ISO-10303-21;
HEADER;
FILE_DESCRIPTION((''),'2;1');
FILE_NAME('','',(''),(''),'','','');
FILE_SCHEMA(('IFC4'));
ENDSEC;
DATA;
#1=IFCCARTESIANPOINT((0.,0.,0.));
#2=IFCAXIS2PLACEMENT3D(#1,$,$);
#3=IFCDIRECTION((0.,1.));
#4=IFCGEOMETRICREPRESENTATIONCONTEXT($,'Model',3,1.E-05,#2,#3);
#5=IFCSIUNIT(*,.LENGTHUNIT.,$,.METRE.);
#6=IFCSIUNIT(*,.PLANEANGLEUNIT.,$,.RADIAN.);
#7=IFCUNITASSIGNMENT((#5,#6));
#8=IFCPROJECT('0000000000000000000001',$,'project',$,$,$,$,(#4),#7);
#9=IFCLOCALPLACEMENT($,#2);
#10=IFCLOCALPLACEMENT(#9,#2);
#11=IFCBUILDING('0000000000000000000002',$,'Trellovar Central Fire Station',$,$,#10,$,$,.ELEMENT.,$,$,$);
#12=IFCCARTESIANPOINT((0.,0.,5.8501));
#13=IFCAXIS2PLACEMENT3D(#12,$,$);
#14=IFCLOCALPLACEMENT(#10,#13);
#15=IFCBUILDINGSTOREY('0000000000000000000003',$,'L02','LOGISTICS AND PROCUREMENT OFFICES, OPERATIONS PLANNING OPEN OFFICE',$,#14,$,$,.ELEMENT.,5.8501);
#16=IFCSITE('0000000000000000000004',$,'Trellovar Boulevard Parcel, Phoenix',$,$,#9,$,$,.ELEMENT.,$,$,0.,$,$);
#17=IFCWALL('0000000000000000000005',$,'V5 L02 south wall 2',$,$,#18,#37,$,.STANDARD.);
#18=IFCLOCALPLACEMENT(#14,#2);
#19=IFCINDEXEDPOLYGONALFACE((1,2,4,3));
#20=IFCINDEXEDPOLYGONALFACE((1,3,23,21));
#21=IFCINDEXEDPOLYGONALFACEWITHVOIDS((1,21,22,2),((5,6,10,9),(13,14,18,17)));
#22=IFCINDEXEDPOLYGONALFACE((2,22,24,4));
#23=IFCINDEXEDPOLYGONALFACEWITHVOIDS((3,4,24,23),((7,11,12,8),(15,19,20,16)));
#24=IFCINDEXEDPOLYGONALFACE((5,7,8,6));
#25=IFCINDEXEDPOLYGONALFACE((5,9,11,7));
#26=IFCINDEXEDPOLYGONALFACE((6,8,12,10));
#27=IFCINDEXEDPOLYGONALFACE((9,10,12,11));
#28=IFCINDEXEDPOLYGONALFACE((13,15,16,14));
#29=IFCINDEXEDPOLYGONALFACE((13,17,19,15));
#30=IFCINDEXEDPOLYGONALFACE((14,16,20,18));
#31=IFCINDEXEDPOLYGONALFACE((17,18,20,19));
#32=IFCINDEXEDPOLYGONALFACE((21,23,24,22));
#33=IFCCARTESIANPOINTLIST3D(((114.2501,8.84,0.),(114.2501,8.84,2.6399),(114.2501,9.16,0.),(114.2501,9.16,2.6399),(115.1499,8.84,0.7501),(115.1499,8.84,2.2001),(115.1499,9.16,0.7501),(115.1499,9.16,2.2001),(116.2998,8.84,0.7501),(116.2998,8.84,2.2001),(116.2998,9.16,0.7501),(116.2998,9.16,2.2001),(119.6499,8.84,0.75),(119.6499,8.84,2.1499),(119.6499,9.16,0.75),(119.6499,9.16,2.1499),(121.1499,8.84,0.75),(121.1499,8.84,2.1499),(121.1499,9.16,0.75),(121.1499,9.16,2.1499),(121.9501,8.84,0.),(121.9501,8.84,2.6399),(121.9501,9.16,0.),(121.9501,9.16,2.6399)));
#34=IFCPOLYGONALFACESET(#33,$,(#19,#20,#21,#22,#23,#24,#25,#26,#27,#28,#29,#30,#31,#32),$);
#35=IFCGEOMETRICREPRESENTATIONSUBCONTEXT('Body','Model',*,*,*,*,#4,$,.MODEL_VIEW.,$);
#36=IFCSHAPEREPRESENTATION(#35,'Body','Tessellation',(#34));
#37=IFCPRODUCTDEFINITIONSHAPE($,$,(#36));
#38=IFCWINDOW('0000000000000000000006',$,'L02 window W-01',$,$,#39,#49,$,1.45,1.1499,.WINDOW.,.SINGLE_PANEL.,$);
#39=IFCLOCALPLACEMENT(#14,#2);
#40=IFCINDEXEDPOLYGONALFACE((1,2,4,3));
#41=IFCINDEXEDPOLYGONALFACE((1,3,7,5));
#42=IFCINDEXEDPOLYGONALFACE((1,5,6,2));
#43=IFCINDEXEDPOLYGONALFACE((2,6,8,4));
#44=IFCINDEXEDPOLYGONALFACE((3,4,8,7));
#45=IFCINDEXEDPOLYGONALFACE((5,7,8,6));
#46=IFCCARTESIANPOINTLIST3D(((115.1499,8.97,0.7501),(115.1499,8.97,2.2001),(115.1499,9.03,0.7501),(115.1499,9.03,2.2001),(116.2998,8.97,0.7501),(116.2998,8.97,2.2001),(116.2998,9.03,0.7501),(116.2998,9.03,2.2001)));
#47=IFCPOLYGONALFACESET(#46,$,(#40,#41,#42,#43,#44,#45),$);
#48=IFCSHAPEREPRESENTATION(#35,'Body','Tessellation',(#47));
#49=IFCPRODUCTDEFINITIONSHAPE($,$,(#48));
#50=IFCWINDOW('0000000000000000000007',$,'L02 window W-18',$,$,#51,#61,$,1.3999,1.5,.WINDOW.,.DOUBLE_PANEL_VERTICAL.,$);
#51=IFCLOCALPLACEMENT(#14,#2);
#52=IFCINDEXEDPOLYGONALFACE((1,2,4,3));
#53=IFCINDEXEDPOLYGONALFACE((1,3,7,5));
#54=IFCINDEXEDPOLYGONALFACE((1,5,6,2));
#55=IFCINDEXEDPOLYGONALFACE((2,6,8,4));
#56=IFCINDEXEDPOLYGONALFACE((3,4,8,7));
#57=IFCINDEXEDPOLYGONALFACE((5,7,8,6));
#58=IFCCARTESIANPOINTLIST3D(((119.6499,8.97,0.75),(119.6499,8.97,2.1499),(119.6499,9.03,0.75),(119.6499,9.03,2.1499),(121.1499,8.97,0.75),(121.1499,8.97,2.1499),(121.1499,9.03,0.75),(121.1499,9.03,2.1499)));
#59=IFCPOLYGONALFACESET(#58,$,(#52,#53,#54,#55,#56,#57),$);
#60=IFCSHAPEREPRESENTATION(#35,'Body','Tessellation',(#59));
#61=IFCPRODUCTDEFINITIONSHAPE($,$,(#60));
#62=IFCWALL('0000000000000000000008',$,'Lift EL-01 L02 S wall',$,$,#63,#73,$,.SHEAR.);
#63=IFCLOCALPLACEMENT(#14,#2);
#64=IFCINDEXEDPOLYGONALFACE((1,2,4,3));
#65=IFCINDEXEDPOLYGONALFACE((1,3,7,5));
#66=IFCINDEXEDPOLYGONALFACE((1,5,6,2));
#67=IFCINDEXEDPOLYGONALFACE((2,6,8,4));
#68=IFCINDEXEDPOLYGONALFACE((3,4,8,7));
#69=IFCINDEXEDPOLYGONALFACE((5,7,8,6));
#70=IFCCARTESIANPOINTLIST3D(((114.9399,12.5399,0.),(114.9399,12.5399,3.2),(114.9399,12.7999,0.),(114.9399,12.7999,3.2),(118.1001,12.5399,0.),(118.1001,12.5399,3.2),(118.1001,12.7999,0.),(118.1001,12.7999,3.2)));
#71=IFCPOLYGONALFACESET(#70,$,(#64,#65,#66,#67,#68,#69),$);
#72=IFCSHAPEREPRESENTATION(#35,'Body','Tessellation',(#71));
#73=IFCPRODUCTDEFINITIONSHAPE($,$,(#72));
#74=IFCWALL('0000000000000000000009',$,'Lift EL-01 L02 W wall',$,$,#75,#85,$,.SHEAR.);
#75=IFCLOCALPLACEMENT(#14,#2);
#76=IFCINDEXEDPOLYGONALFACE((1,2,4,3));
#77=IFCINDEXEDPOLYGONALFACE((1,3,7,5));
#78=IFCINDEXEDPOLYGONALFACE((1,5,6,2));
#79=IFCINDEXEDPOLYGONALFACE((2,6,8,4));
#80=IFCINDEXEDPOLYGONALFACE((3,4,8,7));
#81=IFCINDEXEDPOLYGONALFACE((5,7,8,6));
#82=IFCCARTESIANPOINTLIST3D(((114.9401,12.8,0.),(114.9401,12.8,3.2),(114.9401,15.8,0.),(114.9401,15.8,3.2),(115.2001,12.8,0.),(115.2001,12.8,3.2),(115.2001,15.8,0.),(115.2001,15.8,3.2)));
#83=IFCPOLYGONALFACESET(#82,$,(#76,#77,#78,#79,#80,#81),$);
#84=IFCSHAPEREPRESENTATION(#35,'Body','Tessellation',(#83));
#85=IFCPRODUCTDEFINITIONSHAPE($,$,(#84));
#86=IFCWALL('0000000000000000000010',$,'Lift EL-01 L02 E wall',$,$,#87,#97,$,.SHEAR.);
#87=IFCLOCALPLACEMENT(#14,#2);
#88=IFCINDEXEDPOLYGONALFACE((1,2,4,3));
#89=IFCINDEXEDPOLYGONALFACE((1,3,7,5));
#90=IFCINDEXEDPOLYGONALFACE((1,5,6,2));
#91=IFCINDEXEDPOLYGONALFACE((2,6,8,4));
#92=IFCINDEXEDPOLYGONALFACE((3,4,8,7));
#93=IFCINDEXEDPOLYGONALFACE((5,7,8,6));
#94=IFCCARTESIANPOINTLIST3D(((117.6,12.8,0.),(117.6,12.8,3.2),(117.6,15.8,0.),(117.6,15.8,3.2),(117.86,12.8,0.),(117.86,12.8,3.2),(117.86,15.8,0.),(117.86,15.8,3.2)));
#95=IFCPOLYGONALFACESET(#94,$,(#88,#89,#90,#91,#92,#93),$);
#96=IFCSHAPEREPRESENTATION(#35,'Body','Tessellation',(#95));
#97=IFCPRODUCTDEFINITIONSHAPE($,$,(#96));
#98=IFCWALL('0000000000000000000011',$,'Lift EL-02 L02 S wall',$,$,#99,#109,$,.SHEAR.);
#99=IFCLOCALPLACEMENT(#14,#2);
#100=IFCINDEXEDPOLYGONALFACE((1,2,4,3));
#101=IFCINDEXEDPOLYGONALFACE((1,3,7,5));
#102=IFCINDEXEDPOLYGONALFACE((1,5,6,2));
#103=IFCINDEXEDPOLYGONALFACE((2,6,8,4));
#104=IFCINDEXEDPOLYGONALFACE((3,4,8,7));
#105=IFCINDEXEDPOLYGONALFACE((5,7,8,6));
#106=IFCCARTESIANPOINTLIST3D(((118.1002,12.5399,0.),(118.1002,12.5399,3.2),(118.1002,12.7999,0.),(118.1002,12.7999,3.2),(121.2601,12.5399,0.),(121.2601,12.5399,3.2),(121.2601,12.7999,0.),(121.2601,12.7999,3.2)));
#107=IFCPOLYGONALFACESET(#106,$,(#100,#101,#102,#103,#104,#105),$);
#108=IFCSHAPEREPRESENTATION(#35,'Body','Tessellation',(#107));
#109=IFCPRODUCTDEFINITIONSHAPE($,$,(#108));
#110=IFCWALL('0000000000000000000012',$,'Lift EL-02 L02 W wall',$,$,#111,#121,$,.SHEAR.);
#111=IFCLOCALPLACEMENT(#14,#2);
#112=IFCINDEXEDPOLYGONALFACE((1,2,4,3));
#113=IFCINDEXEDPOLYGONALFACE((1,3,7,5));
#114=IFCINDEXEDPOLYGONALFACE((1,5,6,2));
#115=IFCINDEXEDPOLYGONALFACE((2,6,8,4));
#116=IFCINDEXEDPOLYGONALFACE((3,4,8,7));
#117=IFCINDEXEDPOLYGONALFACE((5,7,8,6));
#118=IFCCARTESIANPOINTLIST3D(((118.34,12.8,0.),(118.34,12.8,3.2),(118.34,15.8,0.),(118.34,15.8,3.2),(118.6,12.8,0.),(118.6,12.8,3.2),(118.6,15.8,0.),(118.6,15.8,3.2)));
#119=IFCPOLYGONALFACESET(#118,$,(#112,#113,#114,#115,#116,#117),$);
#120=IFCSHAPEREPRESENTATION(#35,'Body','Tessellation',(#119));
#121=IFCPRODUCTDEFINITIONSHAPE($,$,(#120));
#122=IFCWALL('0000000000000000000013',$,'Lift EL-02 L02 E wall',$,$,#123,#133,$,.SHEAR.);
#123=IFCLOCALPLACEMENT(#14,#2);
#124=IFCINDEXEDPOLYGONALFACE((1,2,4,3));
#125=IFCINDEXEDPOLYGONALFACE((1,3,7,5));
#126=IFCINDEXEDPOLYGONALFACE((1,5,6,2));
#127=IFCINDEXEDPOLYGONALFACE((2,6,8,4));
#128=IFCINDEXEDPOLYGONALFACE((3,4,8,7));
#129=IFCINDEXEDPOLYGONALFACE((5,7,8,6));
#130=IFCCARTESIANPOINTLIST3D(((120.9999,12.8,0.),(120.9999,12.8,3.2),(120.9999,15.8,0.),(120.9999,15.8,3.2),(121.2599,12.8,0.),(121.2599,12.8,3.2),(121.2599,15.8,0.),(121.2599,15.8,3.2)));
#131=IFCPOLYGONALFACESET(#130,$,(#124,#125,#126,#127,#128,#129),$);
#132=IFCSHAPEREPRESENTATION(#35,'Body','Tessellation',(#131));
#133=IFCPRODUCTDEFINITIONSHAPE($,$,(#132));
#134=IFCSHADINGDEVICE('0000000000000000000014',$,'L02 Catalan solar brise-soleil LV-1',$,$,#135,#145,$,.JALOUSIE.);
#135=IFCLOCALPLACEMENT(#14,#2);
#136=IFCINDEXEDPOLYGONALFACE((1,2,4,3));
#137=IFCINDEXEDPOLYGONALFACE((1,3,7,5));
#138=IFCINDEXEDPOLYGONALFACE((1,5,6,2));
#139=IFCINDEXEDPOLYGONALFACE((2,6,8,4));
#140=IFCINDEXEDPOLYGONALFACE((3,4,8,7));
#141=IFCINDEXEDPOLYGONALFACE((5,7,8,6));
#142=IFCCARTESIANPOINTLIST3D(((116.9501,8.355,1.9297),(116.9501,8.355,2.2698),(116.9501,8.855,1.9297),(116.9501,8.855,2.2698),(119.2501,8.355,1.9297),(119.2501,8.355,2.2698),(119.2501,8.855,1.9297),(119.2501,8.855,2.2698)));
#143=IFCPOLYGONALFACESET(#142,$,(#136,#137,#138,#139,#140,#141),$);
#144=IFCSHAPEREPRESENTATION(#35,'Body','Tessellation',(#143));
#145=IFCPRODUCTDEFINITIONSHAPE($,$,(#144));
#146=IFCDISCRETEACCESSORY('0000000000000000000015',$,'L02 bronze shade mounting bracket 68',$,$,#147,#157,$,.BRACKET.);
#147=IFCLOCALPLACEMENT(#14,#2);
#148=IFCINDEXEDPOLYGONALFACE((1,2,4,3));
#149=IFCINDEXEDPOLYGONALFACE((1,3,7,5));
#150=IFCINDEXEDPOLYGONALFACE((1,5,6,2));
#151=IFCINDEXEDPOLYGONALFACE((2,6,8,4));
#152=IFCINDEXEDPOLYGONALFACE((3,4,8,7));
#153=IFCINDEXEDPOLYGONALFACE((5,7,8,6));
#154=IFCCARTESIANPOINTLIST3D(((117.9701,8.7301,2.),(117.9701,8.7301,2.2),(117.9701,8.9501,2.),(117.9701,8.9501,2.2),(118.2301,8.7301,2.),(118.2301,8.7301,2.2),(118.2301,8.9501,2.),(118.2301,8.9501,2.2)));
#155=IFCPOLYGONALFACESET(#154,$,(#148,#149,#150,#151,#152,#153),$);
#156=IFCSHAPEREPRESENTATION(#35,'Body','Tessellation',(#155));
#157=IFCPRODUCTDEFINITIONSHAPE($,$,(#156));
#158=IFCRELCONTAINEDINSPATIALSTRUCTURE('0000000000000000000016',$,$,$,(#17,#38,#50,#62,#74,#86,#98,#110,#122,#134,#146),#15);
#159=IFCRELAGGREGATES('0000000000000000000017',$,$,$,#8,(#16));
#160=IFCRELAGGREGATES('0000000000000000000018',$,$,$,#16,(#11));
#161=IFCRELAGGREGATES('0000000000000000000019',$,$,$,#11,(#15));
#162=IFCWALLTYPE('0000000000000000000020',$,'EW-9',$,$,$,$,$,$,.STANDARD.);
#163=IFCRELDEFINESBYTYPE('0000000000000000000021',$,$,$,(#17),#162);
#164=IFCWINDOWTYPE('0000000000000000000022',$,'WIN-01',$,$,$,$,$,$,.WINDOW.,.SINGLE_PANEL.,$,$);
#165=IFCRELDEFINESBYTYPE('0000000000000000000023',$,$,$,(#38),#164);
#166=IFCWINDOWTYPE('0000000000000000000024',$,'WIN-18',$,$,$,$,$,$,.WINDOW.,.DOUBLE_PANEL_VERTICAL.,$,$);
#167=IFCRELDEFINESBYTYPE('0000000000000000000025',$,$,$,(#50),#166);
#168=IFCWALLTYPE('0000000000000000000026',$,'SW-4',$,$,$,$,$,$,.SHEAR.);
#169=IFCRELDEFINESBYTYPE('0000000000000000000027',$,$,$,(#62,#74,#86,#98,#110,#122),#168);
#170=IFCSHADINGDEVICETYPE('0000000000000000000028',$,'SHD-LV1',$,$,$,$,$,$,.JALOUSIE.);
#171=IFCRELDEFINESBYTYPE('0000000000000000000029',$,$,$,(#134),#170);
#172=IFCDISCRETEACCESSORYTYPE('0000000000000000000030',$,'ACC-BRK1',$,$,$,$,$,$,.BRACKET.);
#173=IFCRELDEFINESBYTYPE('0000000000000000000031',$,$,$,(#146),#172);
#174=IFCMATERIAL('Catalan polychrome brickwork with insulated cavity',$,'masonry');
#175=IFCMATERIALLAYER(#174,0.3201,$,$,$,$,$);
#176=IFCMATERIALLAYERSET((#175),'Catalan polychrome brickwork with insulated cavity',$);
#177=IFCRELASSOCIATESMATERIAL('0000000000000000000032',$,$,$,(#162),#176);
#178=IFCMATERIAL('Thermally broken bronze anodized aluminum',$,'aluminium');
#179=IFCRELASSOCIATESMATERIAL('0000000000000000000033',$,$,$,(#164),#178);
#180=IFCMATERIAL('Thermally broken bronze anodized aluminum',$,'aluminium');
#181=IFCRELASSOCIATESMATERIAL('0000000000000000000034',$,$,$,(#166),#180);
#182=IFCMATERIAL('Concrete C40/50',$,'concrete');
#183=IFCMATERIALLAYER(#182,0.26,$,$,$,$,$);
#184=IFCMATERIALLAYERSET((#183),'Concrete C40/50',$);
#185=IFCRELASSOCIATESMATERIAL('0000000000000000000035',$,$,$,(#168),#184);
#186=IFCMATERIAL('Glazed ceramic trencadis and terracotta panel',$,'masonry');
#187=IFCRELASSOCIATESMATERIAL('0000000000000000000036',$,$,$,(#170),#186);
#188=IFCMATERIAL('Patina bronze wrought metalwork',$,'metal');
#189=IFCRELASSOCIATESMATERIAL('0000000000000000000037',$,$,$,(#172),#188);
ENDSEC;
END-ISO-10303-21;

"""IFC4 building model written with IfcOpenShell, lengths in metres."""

from ifc_helpers import new_model, si_unit, direction, frame, frame_2d, origin, origin_2d, place, context, subcontext, project, spatial, rectangle, extrude, material, layer, layer_set, type_object, element, fill, save


model = new_model("IFC4")

# Units and contexts
model_context = context("Model", 3, precision=1e-05, world=origin(), true_north=direction((0.0, 1.0)))
body_context = subcontext(model_context, "Body", "Model", "MODEL_VIEW")
ifc_project = project(units=[si_unit("LENGTHUNIT", "METRE"), si_unit("PLANEANGLEUNIT", "RADIAN")], contexts=[model_context])

# Site, building, storey
site_placement = place(None, origin())
site = spatial("IfcSite", under=ifc_project, at=site_placement, Name="Trellovar Boulevard Parcel, Phoenix", CompositionType="ELEMENT", RefElevation=0.0)
building_placement = place(site_placement, origin())
building = spatial("IfcBuilding", under=site, at=building_placement, Name="Trellovar Central Fire Station", CompositionType="ELEMENT")
storey_placement = place(building_placement, frame((0.0, 0.0, 5.8501)))
storey = spatial("IfcBuildingStorey", under=building, at=storey_placement, Name="L02", Description="LOGISTICS AND PROCUREMENT OFFICES, OPERATIONS PLANNING OPEN OFFICE", CompositionType="ELEMENT", Elevation=5.8501)

# Wall, openings, windows
ifc_material_1 = material(Name="Catalan polychrome brickwork with insulated cavity", Category="masonry")
ifc_layer_1 = layer(ifc_material_1, 0.3201)
ifc_layer_set_1 = layer_set([ifc_layer_1], Name="Catalan polychrome brickwork with insulated cavity")
wall_type_1 = type_object("IfcWallType", Name="EW-9", PredefinedType="STANDARD", material=ifc_layer_set_1)
wall_1_placement = place(storey_placement, frame((114.25, 9.0, 0.0), z_axis=(0.0, 0.0, 1.0), x_axis=(1.0, 0.0, 0.0)))
wall_1 = element("IfcWall", 1, at=wall_1_placement, inside=storey, type_object=wall_type_1, Name="V5 L02 south wall 2", PredefinedType="STANDARD", context=body_context, shape_type="SweptSolid", body=[
    extrude(rectangle(XDim=7.7, YDim=0.3201, at=frame_2d((3.8501, 0.0))), origin(), (0.0, 0.0, 1.0), 2.6399),
])
opening_1_placement = place(wall_1_placement, frame((0.8999, 0.0, 0.75)))
opening_1 = element("IfcOpeningElement", 2, at=opening_1_placement, cuts=wall_1, PredefinedType="OPENING", context=body_context, shape_type="SweptSolid", body=[
    extrude(rectangle(XDim=1.1499, YDim=1.45, at=frame_2d((0.575, 0.7251))), frame((0.0, 0.1699, 0.0), z_axis=(0.0, -1.0, 0.0), x_axis=(1.0, 0.0, 0.0)), (0.0, 0.0, 1.0), 0.3401),
])
opening_2_placement = place(wall_1_placement, frame((5.3999, 0.0, 0.75)))
opening_2 = element("IfcOpeningElement", 3, at=opening_2_placement, cuts=wall_1, PredefinedType="OPENING", context=body_context, shape_type="SweptSolid", body=[
    extrude(rectangle(XDim=1.5, YDim=1.3999, at=frame_2d((0.75, 0.7))), frame((0.0, 0.1699, 0.0), z_axis=(0.0, -1.0, 0.0), x_axis=(1.0, 0.0, 0.0)), (0.0, 0.0, 1.0), 0.3401),
])
ifc_material_2 = material(Name="Thermally broken bronze anodized aluminum", Category="aluminium")
window_type_1 = type_object("IfcWindowType", Name="WIN-01", PartitioningType="SINGLE_PANEL", PredefinedType="WINDOW", material=ifc_material_2)
window_1_placement = place(opening_1_placement, origin())
window_1 = element("IfcWindow", 4, at=window_1_placement, inside=storey, type_object=window_type_1, Name="L02 window W-01", OverallHeight=1.45, OverallWidth=1.1499, PartitioningType="SINGLE_PANEL", PredefinedType="WINDOW", context=body_context, shape_type="SweptSolid", body=[
    extrude(rectangle(XDim=1.1499, YDim=1.45, at=frame_2d((0.575, 0.7251))), frame((0.0, 0.03, 0.0), z_axis=(0.0, -1.0, 0.0), x_axis=(1.0, 0.0, 0.0)), (0.0, 0.0, 1.0), 0.0601),
])
fill(opening_1, window_1)
ifc_material_3 = material(Name="Thermally broken bronze anodized aluminum", Category="aluminium")
window_type_2 = type_object("IfcWindowType", Name="WIN-18", PartitioningType="DOUBLE_PANEL_VERTICAL", PredefinedType="WINDOW", material=ifc_material_3)
window_2_placement = place(opening_2_placement, origin())
window_2 = element("IfcWindow", 5, at=window_2_placement, inside=storey, type_object=window_type_2, Name="L02 window W-18", OverallHeight=1.3999, OverallWidth=1.5, PartitioningType="DOUBLE_PANEL_VERTICAL", PredefinedType="WINDOW", context=body_context, shape_type="SweptSolid", body=[
    extrude(rectangle(XDim=1.5, YDim=1.3999, at=frame_2d((0.75, 0.7))), frame((0.0, 0.03, 0.0), z_axis=(0.0, -1.0, 0.0), x_axis=(1.0, 0.0, 0.0)), (0.0, 0.0, 1.0), 0.0601),
])
fill(opening_2, window_2)

# Wall
ifc_material_4 = material(Name="Concrete C40/50", Category="concrete")
ifc_layer_2 = layer(ifc_material_4, 0.26)
ifc_layer_set_2 = layer_set([ifc_layer_2], Name="Concrete C40/50")
wall_type_2 = type_object("IfcWallType", Name="SW-4", PredefinedType="SHEAR", material=ifc_layer_set_2)
wall_2_placement = place(storey_placement, frame((114.9399, 12.6699, 0.0), z_axis=(0.0, 0.0, 1.0), x_axis=(1.0, 0.0, 0.0)))
element("IfcWall", 6, at=wall_2_placement, inside=storey, type_object=wall_type_2, Name="Lift EL-01 L02 S wall", PredefinedType="SHEAR", context=body_context, shape_type="SweptSolid", body=[
    extrude(rectangle(XDim=3.1602, YDim=0.26, at=frame_2d((1.5801, 0.0))), origin(), (0.0, 0.0, 1.0), 3.2),
])

# Walls
for number, where, z_axis, x_axis, name in (
    (7, (115.0701, 15.8, 0.0), (0.0, 0.0, 1.0), (0.0, -1.0, 0.0), "Lift EL-01 L02 W wall"),
    (8, (117.73, 12.8, 0.0), (0.0, 0.0, 1.0), (0.0, 1.0, 0.0), "Lift EL-01 L02 E wall"),
):
    element("IfcWall", number, at=place(storey_placement, frame(where, z_axis=z_axis, x_axis=x_axis)), inside=storey, type_object=wall_type_2, Name=name, PredefinedType="SHEAR", context=body_context, shape_type="SweptSolid", body=[
        extrude(rectangle(XDim=3.0, YDim=0.26, at=frame_2d((1.5, 0.0))), origin(), (0.0, 0.0, 1.0), 3.2),
    ])
wall_3_placement = place(storey_placement, frame((118.1001, 12.6699, 0.0), z_axis=(0.0, 0.0, 1.0), x_axis=(1.0, 0.0, 0.0)))
element("IfcWall", 9, at=wall_3_placement, inside=storey, type_object=wall_type_2, Name="Lift EL-02 L02 S wall", PredefinedType="SHEAR", context=body_context, shape_type="SweptSolid", body=[
    extrude(rectangle(XDim=3.1599, YDim=0.26, at=frame_2d((1.5801, 0.0))), origin(), (0.0, 0.0, 1.0), 3.2),
])

# Walls
for number, where, z_axis, x_axis, name in (
    (10, (118.47, 15.8, 0.0), (0.0, 0.0, 1.0), (0.0, -1.0, 0.0), "Lift EL-02 L02 W wall"),
    (11, (121.1299, 12.8, 0.0), (0.0, 0.0, 1.0), (0.0, 1.0, 0.0), "Lift EL-02 L02 E wall"),
):
    element("IfcWall", number, at=place(storey_placement, frame(where, z_axis=z_axis, x_axis=x_axis)), inside=storey, type_object=wall_type_2, Name=name, PredefinedType="SHEAR", context=body_context, shape_type="SweptSolid", body=[
        extrude(rectangle(XDim=3.0, YDim=0.26, at=frame_2d((1.5, 0.0))), origin(), (0.0, 0.0, 1.0), 3.2),
    ])

# Shading device
ifc_material_5 = material(Name="Glazed ceramic trencadis and terracotta panel", Category="masonry")
shading_device_type = type_object("IfcShadingDeviceType", Name="SHD-LV1", PredefinedType="JALOUSIE", material=ifc_material_5)
shading_device_placement = place(storey_placement, frame((118.1001, 8.605, 1.9297), z_axis=(0.0, 0.0, 1.0), x_axis=(1.0, 0.0, 0.0)))
element("IfcShadingDevice", 12, at=shading_device_placement, inside=storey, type_object=shading_device_type, Name="L02 Catalan solar brise-soleil LV-1", PredefinedType="JALOUSIE", context=body_context, shape_type="SweptSolid", body=[
    extrude(rectangle(XDim=2.3, YDim=0.5, at=origin_2d()), origin(), (0.0, 0.0, 1.0), 0.3401),
])

# Discrete accessory
ifc_material_6 = material(Name="Patina bronze wrought metalwork", Category="metal")
discrete_accessory_type = type_object("IfcDiscreteAccessoryType", Name="ACC-BRK1", PredefinedType="BRACKET", material=ifc_material_6)
discrete_accessory_placement = place(storey_placement, frame((118.1001, 8.8401, 2.0), z_axis=(0.0, 0.0, 1.0), x_axis=(1.0, 0.0, 0.0)))
element("IfcDiscreteAccessory", 13, at=discrete_accessory_placement, inside=storey, type_object=discrete_accessory_type, Name="L02 bronze shade mounting bracket 68", PredefinedType="BRACKET", context=body_context, shape_type="SweptSolid", body=[
    extrude(rectangle(XDim=0.26, YDim=0.22, at=origin_2d()), origin(), (0.0, 0.0, 1.0), 0.2),
])

save(model, "model.ifc")
